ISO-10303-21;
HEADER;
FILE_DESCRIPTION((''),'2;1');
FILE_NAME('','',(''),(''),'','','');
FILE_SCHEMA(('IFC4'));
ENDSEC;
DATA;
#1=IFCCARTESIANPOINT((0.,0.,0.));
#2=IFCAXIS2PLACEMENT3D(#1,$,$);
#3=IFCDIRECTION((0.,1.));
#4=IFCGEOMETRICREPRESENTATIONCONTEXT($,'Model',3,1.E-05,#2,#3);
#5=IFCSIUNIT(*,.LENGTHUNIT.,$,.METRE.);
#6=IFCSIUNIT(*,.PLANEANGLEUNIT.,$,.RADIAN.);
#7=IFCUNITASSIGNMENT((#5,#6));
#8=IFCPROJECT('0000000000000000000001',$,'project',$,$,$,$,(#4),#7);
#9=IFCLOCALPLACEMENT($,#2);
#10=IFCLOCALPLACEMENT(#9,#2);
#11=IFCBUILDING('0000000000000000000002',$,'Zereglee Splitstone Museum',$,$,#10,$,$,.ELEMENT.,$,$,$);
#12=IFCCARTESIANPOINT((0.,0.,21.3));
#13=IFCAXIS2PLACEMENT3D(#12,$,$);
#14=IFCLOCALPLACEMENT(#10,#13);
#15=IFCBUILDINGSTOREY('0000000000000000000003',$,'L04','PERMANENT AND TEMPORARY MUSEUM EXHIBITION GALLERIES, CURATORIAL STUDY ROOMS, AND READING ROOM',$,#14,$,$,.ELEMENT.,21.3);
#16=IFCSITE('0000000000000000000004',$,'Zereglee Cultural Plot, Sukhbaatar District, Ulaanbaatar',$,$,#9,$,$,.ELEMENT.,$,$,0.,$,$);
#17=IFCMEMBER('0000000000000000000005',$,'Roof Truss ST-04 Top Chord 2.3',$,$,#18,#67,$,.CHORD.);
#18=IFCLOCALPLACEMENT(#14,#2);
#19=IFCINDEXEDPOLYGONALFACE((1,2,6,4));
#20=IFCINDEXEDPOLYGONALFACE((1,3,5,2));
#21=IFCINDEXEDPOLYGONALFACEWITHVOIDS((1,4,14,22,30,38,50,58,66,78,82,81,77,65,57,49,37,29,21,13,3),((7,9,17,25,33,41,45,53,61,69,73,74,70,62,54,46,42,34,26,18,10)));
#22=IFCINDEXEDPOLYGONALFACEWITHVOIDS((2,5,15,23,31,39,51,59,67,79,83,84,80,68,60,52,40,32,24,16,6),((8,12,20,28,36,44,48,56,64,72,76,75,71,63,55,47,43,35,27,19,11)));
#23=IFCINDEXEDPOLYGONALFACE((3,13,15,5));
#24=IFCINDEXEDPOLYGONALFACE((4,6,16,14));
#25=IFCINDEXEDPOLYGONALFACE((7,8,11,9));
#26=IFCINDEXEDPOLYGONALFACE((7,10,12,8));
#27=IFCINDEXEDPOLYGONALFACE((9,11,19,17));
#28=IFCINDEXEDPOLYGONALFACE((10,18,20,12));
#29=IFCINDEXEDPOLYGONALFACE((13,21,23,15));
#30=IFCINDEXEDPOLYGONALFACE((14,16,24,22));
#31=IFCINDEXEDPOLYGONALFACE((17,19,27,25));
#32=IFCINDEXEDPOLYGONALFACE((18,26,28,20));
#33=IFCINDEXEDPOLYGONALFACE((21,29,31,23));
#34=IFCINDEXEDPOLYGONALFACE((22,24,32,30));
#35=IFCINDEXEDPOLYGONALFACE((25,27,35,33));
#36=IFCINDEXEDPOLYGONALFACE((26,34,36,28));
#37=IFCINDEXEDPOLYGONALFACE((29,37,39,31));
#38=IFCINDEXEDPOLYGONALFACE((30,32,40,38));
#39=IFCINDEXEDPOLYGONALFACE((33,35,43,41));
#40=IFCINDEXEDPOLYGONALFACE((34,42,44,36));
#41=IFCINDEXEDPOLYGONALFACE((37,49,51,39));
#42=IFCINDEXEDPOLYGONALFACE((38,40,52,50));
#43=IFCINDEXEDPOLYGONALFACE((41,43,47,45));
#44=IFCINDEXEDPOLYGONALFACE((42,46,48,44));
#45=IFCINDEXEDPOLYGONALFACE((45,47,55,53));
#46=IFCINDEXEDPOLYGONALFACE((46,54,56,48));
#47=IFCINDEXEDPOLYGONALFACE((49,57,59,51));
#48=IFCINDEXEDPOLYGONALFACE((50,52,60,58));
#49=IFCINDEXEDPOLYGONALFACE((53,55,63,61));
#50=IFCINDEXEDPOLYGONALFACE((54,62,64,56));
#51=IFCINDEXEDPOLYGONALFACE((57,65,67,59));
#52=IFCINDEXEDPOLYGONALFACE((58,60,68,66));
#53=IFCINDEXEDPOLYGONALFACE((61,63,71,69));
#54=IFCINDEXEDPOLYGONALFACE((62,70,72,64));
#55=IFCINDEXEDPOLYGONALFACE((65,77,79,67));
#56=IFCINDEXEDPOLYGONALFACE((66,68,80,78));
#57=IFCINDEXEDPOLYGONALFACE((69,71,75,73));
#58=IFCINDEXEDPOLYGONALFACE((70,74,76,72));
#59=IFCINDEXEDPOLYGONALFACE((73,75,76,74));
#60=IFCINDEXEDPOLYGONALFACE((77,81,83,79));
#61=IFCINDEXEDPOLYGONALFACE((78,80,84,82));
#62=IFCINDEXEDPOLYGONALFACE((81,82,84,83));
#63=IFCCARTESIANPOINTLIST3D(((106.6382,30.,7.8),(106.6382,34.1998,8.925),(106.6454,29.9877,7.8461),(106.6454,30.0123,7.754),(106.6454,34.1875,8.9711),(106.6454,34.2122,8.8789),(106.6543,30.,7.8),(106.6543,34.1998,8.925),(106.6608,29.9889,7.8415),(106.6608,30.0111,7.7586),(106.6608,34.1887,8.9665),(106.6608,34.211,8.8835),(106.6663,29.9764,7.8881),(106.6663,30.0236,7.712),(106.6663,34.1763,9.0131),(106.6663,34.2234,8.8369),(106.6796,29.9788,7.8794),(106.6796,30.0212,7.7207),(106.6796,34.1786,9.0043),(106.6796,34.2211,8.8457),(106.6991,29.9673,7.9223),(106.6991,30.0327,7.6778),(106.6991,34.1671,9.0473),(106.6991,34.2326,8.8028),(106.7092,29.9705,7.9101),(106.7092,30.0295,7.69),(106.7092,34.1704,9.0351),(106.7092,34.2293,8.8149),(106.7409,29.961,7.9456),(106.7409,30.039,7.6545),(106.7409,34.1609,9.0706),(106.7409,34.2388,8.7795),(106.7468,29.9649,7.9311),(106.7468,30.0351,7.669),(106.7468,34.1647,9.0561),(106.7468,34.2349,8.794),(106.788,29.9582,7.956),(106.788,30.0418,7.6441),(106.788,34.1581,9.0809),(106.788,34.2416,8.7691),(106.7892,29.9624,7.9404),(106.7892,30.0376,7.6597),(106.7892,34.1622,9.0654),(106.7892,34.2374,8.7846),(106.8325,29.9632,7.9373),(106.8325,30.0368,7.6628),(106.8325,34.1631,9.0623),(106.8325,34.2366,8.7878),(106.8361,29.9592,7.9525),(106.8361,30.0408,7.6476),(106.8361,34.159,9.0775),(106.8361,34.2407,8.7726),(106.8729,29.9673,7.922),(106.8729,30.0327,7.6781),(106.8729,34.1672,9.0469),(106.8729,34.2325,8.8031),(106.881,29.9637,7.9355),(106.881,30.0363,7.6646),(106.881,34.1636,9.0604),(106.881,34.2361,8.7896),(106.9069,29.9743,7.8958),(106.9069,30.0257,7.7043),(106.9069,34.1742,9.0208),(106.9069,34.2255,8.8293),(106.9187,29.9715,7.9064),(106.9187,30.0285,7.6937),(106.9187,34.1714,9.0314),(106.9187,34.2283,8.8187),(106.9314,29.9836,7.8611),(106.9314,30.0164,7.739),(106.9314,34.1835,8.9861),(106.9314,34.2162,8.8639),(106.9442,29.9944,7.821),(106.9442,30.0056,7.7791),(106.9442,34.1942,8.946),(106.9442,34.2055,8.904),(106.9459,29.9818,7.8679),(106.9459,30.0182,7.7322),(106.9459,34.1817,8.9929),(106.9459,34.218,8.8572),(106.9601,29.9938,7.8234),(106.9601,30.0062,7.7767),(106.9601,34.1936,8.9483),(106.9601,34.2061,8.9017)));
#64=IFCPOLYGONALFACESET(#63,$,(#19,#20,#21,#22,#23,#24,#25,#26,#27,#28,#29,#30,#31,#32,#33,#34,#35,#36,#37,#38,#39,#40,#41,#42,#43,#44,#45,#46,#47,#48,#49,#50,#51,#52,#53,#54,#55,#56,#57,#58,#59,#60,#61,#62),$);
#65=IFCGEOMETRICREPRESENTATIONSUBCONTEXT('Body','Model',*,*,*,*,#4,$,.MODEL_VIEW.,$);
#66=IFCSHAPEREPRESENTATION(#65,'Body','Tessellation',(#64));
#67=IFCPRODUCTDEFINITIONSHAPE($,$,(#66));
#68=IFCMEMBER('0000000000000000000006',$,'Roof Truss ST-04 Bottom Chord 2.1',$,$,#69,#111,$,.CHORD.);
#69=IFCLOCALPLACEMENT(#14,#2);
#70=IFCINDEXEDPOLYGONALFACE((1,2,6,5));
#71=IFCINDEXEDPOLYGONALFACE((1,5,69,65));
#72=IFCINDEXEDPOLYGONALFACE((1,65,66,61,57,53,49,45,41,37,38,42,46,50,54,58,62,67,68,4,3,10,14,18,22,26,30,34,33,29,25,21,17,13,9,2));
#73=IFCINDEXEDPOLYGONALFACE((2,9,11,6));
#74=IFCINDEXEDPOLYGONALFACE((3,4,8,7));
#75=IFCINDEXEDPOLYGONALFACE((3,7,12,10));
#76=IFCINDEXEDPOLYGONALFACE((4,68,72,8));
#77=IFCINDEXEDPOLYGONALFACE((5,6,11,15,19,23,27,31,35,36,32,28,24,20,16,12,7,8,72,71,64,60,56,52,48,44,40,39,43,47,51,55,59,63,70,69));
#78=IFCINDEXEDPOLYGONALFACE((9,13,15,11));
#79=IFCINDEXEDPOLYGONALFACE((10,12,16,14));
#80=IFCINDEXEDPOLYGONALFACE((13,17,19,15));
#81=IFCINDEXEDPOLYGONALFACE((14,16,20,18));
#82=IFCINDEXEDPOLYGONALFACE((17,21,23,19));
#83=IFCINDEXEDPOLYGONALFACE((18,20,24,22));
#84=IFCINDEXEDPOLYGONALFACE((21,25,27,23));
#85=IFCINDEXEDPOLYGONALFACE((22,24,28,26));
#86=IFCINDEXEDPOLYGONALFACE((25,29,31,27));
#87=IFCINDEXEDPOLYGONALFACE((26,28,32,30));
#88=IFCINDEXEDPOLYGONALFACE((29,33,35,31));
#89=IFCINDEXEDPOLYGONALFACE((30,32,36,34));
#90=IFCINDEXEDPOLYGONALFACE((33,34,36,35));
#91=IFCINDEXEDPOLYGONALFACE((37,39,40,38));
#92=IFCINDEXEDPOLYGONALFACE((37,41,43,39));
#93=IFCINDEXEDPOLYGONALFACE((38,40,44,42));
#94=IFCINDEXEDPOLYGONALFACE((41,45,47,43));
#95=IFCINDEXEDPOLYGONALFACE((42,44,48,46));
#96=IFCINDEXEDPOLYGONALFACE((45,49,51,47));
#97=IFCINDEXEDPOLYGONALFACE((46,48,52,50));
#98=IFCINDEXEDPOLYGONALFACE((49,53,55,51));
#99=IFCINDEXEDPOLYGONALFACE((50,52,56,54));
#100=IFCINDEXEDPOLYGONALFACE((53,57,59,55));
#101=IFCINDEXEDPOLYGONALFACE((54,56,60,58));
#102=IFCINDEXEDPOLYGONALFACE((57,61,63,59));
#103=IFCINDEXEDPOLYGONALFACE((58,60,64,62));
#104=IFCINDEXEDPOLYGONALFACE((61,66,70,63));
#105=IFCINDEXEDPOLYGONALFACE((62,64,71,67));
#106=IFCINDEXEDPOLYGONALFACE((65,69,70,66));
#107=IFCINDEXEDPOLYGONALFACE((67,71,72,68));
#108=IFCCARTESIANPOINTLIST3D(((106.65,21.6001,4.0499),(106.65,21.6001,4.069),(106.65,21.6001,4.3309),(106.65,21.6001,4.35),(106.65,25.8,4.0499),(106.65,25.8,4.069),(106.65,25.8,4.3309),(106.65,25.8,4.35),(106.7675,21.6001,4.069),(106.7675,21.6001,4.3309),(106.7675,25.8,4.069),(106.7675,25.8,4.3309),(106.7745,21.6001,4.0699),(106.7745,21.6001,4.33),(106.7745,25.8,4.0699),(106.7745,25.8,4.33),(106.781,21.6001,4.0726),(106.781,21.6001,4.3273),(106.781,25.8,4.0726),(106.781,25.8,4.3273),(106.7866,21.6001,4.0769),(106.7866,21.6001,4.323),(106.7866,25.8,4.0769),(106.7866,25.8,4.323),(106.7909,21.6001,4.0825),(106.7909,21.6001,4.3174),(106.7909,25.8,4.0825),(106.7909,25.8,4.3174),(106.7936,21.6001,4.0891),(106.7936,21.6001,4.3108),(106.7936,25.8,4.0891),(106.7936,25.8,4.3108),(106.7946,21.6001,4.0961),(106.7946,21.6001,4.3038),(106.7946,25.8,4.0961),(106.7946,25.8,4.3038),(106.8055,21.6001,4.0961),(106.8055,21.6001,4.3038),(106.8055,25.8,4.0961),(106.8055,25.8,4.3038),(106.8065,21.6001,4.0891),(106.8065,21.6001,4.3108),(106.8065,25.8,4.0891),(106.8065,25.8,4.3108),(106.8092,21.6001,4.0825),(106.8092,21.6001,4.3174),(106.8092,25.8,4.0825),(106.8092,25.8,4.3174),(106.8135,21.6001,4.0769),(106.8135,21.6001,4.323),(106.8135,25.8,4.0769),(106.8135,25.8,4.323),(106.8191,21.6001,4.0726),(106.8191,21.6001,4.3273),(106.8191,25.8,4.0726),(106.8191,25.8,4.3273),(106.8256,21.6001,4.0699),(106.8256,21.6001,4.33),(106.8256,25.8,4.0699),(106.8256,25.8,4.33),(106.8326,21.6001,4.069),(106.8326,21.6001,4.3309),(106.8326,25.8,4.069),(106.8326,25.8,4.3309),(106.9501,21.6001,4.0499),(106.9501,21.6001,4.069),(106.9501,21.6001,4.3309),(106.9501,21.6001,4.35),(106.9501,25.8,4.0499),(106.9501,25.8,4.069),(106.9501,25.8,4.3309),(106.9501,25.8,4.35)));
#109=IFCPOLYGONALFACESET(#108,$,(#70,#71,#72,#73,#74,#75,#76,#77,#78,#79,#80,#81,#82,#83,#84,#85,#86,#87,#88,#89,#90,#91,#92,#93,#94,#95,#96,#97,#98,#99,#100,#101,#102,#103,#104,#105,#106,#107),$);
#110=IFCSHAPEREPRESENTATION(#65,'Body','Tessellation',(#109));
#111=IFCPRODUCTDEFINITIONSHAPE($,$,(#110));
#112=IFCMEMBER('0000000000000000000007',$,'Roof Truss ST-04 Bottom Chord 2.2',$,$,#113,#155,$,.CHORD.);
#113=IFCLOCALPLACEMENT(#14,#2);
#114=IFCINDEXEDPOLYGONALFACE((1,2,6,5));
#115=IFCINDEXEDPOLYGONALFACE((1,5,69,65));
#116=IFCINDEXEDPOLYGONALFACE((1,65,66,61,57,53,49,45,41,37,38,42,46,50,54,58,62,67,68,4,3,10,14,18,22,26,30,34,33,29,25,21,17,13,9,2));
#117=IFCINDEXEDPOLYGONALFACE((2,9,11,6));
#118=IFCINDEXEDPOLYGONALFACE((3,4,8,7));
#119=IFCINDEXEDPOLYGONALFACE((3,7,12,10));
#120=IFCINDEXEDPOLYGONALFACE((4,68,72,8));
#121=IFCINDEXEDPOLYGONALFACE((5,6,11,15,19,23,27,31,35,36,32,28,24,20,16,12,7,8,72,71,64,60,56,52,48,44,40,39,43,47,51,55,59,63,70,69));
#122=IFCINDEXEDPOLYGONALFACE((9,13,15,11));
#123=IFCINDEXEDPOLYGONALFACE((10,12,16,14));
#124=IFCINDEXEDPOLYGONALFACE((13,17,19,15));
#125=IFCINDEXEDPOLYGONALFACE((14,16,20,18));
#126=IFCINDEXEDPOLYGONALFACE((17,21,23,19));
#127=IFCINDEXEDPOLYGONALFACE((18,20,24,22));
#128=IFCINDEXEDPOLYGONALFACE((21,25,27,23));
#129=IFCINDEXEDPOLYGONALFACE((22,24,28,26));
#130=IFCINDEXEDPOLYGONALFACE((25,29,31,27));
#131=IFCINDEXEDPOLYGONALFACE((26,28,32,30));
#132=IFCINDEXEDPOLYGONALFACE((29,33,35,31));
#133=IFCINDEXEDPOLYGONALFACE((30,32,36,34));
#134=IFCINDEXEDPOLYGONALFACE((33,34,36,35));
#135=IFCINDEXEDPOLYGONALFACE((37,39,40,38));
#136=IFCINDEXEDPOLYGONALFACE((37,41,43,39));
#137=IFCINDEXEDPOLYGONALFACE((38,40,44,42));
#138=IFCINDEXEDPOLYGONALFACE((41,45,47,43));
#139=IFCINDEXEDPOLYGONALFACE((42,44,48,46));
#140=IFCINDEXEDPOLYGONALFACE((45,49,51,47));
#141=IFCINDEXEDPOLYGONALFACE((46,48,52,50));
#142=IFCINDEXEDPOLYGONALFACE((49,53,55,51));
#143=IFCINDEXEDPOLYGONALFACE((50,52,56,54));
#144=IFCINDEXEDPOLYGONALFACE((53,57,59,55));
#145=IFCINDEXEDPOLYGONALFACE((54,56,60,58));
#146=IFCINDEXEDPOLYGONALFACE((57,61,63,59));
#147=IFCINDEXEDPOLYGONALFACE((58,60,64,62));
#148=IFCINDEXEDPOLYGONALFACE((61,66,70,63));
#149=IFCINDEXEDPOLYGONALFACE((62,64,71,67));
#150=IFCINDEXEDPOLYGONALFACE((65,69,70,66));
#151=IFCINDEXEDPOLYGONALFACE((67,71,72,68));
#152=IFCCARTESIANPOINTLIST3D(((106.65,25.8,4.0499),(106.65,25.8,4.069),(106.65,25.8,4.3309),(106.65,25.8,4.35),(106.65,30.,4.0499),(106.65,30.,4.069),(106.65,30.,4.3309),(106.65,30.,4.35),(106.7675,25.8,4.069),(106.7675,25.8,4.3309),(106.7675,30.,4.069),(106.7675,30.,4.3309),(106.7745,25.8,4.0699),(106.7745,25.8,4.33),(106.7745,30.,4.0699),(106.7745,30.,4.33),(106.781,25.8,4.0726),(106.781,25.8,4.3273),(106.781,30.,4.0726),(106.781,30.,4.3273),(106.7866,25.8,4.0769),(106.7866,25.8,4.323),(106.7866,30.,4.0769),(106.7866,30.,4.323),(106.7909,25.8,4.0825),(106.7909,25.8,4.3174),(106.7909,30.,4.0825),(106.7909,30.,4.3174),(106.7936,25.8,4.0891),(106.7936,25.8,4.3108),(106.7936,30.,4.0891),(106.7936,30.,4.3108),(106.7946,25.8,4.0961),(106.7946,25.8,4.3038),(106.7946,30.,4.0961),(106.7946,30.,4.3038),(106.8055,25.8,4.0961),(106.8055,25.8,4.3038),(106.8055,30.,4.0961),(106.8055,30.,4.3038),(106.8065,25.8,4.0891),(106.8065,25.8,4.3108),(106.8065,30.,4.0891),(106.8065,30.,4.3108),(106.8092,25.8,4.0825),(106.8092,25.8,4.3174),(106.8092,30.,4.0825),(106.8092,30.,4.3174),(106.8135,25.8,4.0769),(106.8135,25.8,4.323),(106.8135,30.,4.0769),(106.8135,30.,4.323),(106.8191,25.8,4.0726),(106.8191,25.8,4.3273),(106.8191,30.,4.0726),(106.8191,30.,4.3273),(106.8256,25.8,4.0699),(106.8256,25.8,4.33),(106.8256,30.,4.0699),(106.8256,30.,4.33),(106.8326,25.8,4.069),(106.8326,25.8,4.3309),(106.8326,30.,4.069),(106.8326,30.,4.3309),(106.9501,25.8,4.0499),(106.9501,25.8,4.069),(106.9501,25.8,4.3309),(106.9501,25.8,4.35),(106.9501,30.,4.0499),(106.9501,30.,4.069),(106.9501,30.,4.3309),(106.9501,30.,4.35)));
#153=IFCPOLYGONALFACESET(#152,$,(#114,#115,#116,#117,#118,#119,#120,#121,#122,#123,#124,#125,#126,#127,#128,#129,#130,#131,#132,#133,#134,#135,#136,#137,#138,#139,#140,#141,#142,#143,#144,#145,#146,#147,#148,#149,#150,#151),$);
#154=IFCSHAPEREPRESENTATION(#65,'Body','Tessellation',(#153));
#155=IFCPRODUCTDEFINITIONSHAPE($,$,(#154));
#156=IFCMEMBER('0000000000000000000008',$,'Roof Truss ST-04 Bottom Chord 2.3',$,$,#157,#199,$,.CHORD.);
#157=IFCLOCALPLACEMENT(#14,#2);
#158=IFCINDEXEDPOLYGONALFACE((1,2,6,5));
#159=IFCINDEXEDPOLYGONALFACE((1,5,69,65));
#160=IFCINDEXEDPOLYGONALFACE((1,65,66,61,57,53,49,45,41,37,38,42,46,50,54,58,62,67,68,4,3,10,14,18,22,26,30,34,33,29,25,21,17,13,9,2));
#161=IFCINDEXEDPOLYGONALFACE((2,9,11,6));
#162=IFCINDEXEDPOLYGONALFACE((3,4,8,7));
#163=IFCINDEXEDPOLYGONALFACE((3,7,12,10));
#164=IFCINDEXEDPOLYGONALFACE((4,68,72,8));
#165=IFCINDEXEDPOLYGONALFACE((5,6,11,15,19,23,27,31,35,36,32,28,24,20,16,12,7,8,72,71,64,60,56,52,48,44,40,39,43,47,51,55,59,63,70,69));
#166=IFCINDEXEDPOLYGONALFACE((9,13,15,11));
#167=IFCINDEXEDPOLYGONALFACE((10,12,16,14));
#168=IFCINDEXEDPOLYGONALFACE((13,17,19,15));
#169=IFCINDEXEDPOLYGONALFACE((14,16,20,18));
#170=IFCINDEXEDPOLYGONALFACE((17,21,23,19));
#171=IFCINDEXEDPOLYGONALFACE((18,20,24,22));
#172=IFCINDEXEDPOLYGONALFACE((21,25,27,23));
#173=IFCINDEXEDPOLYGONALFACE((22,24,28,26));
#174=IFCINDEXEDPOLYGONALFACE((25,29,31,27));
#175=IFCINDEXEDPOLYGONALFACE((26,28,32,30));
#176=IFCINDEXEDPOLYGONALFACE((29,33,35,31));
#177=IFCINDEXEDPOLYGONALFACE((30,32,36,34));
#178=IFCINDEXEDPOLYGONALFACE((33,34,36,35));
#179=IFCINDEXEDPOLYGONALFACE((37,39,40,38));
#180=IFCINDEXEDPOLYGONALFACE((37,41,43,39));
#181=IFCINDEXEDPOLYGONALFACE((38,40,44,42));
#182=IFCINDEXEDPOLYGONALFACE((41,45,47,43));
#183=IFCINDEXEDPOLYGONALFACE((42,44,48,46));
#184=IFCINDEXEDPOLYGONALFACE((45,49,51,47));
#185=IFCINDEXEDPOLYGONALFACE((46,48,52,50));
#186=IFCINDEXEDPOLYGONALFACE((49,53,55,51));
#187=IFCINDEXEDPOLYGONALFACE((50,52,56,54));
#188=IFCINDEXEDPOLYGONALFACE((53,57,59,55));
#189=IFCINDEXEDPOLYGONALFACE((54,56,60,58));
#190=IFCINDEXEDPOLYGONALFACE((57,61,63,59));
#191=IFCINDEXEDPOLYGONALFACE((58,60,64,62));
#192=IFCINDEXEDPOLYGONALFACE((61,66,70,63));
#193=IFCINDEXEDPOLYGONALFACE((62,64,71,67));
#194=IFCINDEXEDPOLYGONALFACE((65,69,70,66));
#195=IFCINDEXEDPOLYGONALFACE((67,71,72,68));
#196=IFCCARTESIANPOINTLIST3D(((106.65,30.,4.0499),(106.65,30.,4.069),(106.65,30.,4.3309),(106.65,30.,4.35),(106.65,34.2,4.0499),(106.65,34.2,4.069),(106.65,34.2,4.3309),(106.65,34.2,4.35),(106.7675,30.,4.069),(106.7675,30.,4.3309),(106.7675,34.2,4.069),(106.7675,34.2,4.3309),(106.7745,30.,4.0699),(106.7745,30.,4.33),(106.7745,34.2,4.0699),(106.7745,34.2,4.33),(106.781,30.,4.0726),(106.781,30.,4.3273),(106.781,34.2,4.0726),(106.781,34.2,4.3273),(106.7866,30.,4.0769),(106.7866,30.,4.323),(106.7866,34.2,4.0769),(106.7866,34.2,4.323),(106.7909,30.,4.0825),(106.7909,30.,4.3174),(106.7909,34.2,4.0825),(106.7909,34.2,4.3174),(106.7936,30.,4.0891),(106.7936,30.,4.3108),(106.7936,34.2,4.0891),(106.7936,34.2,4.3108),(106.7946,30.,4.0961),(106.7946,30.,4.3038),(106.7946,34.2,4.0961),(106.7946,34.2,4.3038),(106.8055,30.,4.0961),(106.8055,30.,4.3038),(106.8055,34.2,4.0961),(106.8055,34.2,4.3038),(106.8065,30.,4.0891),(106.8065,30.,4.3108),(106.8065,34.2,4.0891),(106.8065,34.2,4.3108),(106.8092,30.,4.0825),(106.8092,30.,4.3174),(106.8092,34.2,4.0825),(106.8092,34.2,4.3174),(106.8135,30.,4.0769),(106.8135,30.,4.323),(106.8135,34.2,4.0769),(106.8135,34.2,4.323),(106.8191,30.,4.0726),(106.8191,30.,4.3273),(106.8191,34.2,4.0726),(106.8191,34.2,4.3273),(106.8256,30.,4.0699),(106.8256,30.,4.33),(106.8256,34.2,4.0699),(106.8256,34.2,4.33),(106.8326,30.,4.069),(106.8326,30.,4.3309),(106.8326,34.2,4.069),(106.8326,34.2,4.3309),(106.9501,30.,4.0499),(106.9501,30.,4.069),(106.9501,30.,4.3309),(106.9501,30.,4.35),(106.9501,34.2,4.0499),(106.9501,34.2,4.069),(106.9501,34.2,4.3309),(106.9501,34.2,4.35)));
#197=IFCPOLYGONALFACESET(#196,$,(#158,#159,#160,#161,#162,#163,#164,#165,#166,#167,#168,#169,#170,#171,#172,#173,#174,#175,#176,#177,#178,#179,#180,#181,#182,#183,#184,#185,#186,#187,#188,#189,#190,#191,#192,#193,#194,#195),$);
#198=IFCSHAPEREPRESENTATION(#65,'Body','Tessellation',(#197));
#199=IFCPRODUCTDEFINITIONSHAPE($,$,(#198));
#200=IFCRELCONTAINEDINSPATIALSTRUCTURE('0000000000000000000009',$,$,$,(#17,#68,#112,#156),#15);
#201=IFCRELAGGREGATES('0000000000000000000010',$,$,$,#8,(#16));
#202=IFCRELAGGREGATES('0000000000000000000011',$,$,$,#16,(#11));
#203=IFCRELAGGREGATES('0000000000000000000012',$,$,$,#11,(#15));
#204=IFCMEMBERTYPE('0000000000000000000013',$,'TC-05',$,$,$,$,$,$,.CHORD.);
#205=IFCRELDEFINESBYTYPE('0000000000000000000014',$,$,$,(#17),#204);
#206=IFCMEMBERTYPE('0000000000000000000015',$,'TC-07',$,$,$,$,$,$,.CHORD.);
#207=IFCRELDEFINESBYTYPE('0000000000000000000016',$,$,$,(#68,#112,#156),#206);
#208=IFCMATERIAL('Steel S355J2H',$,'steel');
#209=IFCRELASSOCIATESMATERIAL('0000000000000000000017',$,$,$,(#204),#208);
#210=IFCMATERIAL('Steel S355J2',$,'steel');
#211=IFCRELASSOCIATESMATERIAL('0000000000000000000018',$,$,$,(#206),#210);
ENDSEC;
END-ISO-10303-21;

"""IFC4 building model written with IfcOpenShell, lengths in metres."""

from ifc_helpers import new_model, si_unit, direction, frame, origin, origin_2d, place, context, subcontext, project, spatial, hollow_circle, i_section, extrude, material, material_profile, profile_set, type_object, element, save


model = new_model("IFC4")

# Units and contexts
model_context = context("Model", 3, precision=1e-05, world=origin(), true_north=direction((0.0, 1.0)))
body_context = subcontext(model_context, "Body", "Model", "MODEL_VIEW")
ifc_project = project(units=[si_unit("LENGTHUNIT", "METRE"), si_unit("PLANEANGLEUNIT", "RADIAN")], contexts=[model_context])

# Site, building, storey
site_placement = place(None, origin())
site = spatial("IfcSite", under=ifc_project, at=site_placement, Name="Zereglee Cultural Plot, Sukhbaatar District, Ulaanbaatar", CompositionType="ELEMENT", RefElevation=0.0)
building_placement = place(site_placement, origin())
building = spatial("IfcBuilding", under=site, at=building_placement, Name="Zereglee Splitstone Museum", CompositionType="ELEMENT")
storey_placement = place(building_placement, frame((0.0, 0.0, 21.3)))
storey = spatial("IfcBuildingStorey", under=building, at=storey_placement, Name="L04", Description="PERMANENT AND TEMPORARY MUSEUM EXHIBITION GALLERIES, CURATORIAL STUDY ROOMS, AND READING ROOM", CompositionType="ELEMENT", Elevation=21.3)

# Shared definitions
ifc_material_1 = material(Name="Steel S355J2", Category="steel")

# Members
ifc_material_2 = material(Name="Steel S355J2H", Category="steel")
ifc_material_profile_1 = material_profile(ifc_material_2, hollow_circle(Radius=0.1619, WallThickness=0.0161, at=origin_2d()), Name="CHS 323.9x16")
ifc_profile_set_1 = profile_set([ifc_material_profile_1], Name="Steel S355J2H")
member_type_1 = type_object("IfcMemberType", Name="TC-05", PredefinedType="CHORD", material=ifc_profile_set_1)
for number, where, z_axis, x_axis, name in (
    (1, (106.8, 30.0, 7.8), (0.0, 0.965947, 0.258739), (-1.0, 0.0, 0.0), "Roof Truss ST-04 Top Chord 2.3"),
):
    element("IfcMember", number, at=place(storey_placement, frame(where, z_axis=z_axis, x_axis=x_axis)), inside=storey, type_object=member_type_1, Name=name, PredefinedType="CHORD", context=body_context, shape_type="SweptSolid", body=[
        extrude(hollow_circle(Radius=0.1619, WallThickness=0.0161, at=origin_2d()), origin(), (0.0, 0.0, 1.0), 4.3479),
    ])
ifc_material_profile_2 = material_profile(ifc_material_1, i_section(OverallWidth=0.3, OverallDepth=0.3, WebThickness=0.011, FlangeThickness=0.019, FilletRadius=0.0271, at=origin_2d()), Name="HE 300 B")
ifc_profile_set_2 = profile_set([ifc_material_profile_2], Name="Steel S355J2")
member_type_2 = type_object("IfcMemberType", Name="TC-07", PredefinedType="CHORD", material=ifc_profile_set_2)
for number, where, z_axis, x_axis, name in (
    (2, (106.8, 21.6001, 4.2), (0.0, 1.0, 0.0), (-1.0, 0.0, 0.0), "Roof Truss ST-04 Bottom Chord 2.1"),
    (3, (106.8, 25.8, 4.2), (0.0, 1.0, 0.0), (-1.0, 0.0, 0.0), "Roof Truss ST-04 Bottom Chord 2.2"),
    (4, (106.8, 30.0, 4.2), (0.0, 1.0, 0.0), (-1.0, 0.0, 0.0), "Roof Truss ST-04 Bottom Chord 2.3"),
):
    element("IfcMember", number, at=place(storey_placement, frame(where, z_axis=z_axis, x_axis=x_axis)), inside=storey, type_object=member_type_2, Name=name, PredefinedType="CHORD", context=body_context, shape_type="SweptSolid", body=[
        extrude(i_section(OverallWidth=0.3, OverallDepth=0.3, WebThickness=0.011, FlangeThickness=0.019, FilletRadius=0.0271, at=origin_2d()), origin(), (0.0, 0.0, 1.0), 4.2),
    ])

save(model, "model.ifc")
